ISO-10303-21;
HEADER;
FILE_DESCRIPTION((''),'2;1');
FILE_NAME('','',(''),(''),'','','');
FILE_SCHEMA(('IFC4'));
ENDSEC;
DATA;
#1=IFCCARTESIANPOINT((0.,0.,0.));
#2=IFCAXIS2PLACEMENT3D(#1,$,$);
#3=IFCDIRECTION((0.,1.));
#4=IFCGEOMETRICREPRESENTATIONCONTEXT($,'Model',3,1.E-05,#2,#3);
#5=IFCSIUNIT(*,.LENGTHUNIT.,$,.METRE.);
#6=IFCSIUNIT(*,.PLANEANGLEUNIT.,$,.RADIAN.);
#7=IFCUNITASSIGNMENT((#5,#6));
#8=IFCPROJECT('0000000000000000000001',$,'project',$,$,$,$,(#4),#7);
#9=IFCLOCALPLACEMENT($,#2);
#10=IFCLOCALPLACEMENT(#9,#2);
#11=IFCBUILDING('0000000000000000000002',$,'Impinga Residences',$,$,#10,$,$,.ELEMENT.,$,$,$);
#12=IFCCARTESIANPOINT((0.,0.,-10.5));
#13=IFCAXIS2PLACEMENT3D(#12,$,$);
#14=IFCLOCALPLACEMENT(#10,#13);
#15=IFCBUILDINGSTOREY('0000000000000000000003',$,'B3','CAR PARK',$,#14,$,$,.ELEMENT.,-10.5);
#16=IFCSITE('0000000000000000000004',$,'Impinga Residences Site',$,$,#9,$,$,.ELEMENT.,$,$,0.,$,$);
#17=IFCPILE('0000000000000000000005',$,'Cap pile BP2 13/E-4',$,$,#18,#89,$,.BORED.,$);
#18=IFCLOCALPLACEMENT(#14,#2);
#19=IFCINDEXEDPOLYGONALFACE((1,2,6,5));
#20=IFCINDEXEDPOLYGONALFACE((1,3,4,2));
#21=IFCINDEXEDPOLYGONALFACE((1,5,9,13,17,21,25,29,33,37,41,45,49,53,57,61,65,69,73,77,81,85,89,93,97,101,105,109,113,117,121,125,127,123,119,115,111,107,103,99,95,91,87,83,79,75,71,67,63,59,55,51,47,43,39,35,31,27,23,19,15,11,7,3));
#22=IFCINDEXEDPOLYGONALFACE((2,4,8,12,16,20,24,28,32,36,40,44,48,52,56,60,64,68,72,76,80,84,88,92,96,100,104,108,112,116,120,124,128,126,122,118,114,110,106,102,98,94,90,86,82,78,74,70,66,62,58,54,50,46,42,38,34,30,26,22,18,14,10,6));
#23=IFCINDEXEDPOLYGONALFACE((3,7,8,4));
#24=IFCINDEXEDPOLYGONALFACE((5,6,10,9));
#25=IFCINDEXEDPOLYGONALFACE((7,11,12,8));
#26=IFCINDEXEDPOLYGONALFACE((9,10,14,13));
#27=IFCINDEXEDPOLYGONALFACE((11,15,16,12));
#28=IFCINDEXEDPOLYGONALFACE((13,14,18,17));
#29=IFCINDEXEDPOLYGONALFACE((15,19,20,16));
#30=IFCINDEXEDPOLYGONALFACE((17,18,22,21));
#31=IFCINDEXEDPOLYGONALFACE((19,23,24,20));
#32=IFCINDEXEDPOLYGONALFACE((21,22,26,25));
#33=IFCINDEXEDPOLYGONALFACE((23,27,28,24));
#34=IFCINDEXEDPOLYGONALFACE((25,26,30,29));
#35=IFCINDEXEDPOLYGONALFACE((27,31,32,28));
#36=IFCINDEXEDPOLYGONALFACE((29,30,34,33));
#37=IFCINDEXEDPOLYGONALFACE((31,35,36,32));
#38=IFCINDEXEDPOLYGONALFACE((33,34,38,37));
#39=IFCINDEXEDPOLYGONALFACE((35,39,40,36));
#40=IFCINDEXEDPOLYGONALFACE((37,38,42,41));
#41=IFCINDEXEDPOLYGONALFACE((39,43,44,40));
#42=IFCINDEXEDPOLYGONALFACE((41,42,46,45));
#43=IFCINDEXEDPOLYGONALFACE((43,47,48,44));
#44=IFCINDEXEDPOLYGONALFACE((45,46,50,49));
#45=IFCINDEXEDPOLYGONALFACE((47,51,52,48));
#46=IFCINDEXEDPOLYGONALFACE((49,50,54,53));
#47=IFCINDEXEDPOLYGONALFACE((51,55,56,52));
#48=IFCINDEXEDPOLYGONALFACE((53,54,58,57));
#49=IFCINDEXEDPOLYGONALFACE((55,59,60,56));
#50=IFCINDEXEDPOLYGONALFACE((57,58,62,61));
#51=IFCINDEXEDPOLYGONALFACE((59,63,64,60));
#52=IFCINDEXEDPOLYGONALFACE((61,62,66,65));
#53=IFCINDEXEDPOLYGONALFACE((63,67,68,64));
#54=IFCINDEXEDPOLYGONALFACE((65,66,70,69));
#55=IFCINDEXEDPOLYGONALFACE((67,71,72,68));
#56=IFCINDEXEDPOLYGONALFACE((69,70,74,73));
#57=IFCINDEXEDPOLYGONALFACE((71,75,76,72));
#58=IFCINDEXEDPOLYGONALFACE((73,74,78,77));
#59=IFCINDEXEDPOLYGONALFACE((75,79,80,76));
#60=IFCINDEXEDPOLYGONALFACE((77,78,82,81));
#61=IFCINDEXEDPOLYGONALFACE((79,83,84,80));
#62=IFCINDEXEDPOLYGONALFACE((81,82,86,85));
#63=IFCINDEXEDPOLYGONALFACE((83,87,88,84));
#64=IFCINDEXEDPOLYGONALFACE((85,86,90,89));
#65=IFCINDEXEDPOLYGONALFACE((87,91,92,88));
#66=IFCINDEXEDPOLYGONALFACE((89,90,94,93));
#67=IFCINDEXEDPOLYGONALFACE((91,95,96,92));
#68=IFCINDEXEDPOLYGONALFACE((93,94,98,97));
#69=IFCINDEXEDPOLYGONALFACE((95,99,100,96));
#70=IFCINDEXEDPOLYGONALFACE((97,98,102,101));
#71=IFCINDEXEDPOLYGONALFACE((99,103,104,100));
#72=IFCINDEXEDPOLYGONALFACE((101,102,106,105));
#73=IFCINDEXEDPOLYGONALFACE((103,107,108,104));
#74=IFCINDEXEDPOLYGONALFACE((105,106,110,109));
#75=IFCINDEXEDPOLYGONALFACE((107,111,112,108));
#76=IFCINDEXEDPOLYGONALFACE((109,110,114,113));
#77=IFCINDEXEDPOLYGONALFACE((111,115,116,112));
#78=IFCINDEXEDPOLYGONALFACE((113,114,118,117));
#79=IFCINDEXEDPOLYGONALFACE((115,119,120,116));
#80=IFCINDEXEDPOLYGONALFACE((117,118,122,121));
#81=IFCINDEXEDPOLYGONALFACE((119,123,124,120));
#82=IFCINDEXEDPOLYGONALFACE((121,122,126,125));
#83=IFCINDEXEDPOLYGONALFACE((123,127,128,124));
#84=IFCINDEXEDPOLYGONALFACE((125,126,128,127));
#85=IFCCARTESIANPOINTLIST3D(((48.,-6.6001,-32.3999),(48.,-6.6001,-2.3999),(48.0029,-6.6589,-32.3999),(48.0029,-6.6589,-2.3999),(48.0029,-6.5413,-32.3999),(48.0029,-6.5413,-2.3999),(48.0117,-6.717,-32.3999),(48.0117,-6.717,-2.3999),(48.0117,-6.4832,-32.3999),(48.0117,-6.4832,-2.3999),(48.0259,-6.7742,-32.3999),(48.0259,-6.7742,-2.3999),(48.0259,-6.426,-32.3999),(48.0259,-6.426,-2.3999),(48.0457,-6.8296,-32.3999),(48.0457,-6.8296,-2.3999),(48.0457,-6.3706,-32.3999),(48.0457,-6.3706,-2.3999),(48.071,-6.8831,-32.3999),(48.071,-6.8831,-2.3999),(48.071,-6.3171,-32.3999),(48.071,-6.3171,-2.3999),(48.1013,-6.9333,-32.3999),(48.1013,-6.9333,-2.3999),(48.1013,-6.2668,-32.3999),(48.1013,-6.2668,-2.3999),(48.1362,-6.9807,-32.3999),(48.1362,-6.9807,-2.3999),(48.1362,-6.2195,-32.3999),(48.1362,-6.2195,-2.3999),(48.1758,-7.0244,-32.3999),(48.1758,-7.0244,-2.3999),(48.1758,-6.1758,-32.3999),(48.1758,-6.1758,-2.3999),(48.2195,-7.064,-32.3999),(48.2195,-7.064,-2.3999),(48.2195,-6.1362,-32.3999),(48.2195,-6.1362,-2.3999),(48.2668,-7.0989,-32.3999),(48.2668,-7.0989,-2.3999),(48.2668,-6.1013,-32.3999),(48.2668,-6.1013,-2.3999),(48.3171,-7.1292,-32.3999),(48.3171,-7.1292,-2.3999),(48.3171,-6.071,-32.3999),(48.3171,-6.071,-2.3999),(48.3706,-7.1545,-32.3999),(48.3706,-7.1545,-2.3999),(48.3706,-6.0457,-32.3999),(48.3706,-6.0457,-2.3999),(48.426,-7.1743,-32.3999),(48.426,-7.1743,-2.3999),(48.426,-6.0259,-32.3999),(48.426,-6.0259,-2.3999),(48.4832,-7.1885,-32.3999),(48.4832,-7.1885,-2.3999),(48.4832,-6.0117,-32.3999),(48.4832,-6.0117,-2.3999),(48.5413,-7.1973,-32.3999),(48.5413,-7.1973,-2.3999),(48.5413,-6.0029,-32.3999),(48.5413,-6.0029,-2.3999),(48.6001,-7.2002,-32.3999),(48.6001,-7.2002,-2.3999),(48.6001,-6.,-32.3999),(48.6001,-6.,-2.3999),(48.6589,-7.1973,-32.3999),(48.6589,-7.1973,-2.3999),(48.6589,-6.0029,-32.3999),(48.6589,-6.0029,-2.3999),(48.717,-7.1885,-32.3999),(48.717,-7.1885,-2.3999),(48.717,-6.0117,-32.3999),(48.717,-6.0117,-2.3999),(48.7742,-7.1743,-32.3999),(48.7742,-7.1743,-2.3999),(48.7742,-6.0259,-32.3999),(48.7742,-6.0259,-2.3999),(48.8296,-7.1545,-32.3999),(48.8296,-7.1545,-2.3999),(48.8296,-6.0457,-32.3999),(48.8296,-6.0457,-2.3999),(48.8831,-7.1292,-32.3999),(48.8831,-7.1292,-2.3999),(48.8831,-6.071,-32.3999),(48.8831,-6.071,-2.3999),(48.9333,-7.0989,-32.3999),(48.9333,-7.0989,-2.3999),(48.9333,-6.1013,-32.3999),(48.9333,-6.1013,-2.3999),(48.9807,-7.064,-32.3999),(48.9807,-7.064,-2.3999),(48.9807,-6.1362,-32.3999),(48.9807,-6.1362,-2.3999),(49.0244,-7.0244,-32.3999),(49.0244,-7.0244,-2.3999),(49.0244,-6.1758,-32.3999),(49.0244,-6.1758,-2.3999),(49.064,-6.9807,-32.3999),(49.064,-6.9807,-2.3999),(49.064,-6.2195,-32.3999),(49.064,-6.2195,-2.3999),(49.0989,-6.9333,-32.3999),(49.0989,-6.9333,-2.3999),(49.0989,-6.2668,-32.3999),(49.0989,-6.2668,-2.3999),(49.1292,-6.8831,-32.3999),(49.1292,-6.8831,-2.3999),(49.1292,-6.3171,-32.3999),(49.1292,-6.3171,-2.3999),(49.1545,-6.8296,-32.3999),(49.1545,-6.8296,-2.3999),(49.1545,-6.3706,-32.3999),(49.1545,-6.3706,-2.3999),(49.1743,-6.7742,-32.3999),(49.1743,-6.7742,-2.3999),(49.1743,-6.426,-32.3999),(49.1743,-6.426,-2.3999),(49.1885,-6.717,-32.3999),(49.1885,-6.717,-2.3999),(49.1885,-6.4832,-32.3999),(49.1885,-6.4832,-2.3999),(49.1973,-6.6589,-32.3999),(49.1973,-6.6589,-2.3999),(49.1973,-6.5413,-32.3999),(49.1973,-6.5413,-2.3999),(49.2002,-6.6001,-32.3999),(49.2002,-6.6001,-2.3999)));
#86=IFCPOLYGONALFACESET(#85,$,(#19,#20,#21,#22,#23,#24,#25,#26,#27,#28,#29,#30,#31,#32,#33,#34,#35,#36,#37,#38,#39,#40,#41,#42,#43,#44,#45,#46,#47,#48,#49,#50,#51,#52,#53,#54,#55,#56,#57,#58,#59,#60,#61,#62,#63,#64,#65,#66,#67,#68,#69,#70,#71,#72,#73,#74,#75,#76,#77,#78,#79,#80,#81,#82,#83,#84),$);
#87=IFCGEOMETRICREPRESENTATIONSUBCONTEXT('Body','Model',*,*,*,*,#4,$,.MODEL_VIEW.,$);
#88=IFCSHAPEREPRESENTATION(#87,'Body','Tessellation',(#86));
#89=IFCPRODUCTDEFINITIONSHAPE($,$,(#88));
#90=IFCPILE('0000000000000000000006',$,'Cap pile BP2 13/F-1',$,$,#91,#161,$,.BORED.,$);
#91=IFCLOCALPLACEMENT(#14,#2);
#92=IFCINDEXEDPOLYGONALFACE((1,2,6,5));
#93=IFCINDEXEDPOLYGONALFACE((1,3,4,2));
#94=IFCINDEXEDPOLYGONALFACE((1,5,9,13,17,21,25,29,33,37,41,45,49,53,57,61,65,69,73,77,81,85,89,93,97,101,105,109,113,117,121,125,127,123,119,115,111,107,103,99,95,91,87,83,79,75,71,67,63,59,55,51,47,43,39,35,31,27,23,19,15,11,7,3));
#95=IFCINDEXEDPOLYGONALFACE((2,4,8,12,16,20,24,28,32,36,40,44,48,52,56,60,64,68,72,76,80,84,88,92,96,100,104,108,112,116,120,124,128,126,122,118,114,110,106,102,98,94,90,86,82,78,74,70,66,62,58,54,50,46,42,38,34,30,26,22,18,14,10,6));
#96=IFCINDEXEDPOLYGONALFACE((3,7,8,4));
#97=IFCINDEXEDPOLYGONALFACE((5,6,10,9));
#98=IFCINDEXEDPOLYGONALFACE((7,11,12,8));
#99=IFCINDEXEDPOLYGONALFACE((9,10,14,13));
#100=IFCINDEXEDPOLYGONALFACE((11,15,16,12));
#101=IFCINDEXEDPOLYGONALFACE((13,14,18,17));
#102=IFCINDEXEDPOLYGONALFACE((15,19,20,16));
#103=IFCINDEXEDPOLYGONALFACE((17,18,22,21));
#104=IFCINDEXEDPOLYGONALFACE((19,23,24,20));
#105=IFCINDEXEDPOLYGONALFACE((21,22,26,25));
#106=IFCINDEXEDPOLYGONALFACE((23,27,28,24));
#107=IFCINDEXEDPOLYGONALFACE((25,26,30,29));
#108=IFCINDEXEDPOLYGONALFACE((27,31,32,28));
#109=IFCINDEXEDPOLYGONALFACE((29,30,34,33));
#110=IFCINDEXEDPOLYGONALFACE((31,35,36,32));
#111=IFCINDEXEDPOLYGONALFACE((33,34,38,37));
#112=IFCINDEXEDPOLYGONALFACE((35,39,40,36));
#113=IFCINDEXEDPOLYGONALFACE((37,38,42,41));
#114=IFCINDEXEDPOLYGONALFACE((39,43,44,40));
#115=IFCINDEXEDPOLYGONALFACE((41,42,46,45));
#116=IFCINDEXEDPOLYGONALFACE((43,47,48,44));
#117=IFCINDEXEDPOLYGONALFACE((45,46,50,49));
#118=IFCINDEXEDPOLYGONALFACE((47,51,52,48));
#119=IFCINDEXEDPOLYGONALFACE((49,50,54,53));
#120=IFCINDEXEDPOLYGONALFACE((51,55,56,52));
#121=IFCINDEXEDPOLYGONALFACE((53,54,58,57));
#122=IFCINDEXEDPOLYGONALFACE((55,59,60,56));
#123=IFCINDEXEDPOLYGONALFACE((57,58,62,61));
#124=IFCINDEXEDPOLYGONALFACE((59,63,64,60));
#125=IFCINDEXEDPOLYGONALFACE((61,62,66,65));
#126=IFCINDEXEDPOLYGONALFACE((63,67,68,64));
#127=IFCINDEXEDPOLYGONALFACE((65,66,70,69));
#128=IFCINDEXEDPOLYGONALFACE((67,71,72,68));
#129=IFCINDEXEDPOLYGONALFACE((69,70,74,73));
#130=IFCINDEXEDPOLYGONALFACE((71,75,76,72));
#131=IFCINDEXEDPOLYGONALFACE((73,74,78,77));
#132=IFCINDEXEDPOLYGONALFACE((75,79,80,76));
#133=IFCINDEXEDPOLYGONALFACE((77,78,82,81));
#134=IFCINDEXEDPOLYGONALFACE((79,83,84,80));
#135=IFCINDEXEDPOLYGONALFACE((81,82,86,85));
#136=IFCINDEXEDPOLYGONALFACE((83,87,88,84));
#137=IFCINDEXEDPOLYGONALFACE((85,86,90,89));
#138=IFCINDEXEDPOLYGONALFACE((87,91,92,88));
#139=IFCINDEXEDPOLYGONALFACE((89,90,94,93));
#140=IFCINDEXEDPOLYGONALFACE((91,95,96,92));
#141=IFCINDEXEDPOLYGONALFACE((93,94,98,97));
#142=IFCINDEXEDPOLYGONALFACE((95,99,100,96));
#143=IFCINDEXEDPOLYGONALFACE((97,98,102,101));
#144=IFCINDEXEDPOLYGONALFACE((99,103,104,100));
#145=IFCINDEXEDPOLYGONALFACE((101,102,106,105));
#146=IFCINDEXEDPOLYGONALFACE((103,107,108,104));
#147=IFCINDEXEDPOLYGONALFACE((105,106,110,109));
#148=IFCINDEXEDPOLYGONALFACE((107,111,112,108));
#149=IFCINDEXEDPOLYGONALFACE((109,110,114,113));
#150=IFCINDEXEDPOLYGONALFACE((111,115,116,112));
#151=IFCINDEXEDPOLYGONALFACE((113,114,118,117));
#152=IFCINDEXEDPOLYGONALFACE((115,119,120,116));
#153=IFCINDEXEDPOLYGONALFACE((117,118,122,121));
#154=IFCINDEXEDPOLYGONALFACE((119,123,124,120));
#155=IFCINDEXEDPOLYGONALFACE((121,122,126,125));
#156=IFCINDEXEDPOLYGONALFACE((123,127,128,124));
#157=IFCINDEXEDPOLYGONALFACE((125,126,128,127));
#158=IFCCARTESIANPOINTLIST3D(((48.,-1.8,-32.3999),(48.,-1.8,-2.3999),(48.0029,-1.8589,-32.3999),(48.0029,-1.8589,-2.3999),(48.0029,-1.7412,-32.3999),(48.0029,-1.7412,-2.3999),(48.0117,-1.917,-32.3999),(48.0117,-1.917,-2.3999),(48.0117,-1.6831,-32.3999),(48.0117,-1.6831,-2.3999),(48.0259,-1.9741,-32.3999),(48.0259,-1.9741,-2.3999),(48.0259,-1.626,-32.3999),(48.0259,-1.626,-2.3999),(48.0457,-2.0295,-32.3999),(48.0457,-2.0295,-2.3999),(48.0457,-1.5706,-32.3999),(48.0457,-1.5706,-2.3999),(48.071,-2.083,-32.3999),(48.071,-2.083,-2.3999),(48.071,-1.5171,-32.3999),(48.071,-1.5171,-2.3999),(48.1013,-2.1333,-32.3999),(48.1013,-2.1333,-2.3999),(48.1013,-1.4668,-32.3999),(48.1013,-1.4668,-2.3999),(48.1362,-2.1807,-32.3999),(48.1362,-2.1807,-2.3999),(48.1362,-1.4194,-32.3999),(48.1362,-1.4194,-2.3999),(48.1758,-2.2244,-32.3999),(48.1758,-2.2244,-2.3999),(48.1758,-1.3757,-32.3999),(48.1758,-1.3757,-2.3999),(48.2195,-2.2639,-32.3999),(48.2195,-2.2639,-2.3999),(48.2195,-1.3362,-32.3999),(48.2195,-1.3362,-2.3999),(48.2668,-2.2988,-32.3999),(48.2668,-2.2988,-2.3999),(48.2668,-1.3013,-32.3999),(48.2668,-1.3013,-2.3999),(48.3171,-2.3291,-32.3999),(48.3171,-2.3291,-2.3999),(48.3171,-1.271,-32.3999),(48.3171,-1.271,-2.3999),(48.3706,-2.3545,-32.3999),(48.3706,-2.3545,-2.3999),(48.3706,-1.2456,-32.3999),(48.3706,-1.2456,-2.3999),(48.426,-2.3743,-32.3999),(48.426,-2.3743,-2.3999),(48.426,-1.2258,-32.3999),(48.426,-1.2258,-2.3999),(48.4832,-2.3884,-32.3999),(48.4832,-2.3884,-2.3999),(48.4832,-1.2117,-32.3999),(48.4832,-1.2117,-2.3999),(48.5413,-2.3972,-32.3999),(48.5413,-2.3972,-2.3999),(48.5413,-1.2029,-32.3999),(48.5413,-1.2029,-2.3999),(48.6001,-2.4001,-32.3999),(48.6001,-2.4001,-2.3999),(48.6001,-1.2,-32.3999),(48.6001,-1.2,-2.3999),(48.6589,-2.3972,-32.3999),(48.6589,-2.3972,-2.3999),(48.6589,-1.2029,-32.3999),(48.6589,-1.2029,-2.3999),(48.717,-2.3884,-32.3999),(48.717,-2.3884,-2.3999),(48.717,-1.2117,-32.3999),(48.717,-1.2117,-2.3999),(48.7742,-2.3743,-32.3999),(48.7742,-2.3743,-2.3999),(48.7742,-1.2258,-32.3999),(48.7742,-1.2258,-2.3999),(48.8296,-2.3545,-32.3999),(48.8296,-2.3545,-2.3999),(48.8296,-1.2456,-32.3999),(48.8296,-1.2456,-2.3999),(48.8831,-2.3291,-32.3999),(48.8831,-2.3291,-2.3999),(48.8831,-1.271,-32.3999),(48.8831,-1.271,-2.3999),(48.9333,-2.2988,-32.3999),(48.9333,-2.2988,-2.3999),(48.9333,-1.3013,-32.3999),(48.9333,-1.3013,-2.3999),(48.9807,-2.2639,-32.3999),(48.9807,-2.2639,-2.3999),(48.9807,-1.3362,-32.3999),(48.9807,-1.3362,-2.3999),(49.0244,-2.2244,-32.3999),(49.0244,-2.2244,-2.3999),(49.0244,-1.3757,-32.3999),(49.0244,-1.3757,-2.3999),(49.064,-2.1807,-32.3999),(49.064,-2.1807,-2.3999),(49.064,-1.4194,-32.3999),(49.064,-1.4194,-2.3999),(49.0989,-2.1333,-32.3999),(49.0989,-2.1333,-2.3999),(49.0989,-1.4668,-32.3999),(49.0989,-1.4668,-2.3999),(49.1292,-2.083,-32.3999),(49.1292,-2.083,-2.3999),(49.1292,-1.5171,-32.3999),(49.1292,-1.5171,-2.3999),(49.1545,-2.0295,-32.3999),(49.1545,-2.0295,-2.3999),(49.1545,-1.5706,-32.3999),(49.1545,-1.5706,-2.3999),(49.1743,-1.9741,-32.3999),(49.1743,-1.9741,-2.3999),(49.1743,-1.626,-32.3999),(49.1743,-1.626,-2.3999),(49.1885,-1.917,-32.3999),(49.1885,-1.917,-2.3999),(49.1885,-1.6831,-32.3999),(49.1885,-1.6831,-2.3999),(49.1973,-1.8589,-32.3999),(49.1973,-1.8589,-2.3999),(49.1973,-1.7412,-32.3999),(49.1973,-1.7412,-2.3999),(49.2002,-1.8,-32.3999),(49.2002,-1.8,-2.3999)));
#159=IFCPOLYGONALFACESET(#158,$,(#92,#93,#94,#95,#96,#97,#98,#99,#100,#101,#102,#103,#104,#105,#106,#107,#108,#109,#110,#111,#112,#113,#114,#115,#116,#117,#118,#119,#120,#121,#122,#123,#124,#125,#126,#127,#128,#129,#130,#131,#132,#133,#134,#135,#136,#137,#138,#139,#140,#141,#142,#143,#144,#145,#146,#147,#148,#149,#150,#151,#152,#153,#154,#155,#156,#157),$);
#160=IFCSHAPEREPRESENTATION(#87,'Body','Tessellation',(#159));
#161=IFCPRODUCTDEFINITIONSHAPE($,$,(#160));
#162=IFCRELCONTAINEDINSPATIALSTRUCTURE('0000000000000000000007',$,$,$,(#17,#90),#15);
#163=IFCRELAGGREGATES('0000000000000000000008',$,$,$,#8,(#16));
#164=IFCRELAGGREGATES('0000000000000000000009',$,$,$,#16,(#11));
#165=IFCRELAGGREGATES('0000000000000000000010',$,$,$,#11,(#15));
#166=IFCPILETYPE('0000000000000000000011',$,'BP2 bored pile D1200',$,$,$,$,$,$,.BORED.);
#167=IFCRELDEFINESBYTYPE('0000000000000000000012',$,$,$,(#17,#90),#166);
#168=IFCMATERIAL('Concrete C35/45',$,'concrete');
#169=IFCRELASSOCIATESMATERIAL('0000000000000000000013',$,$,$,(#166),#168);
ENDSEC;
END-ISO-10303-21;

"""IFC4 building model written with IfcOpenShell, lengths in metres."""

from ifc_helpers import new_model, si_unit, direction, frame, origin, origin_2d, place, context, subcontext, project, spatial, polyline, circle, outline, extrude, material, material_profile, profile_set, type_object, element, save


model = new_model("IFC4")

# Units and contexts
model_context = context("Model", 3, precision=1e-05, world=origin(), true_north=direction((0.0, 1.0)))
body_context = subcontext(model_context, "Body", "Model", "MODEL_VIEW")
ifc_project = project(units=[si_unit("LENGTHUNIT", "METRE"), si_unit("PLANEANGLEUNIT", "RADIAN")], contexts=[model_context])

# Site, building, storey
site_placement = place(None, origin())
site = spatial("IfcSite", under=ifc_project, at=site_placement, Name="Impinga Residences Site", CompositionType="ELEMENT", RefElevation=0.0)
building_placement = place(site_placement, origin())
building = spatial("IfcBuilding", under=site, at=building_placement, Name="Impinga Residences", CompositionType="ELEMENT")
storey_placement = place(building_placement, frame((0.0, 0.0, -10.5)))
storey = spatial("IfcBuildingStorey", under=building, at=storey_placement, Name="B3", Description="CAR PARK", CompositionType="ELEMENT", Elevation=-10.5)

# Piles
ifc_material_1 = material(Name="Concrete C35/45", Category="concrete")
ifc_material_profile_1 = material_profile(ifc_material_1, circle(Radius=0.6001, at=origin_2d()), Name="D1200")
ifc_profile_set_1 = profile_set([ifc_material_profile_1], Name="Concrete C35/45")
pile_type_1 = type_object("IfcPileType", Name="BP2 bored pile D1200", PredefinedType="BORED", material=ifc_profile_set_1)
pile_1_placement = place(storey_placement, frame((48.6001, -6.6001, -2.3999), z_axis=(0.0, 0.0, -1.0), x_axis=(1.0, 0.0, 0.0)))
element("IfcPile", 1, at=pile_1_placement, inside=storey, type_object=pile_type_1, Name="Cap pile BP2 13/E-4", PredefinedType="BORED", context=body_context, shape_type="SweptSolid", body=[
    extrude(outline(polyline([(0.6001, 0.0), (0.5972, 0.0588), (0.5884, 0.1169), (0.5742, 0.1741), (0.5544, 0.2295), (0.5291, 0.283), (0.4988, 0.3333), (0.4639, 0.3806), (0.4243, 0.4243), (0.3806, 0.4639), (0.3333, 0.4988), (0.283, 0.5291), (0.2295, 0.5544), (0.1741, 0.5742), (0.1169, 0.5884), (0.0588, 0.5972), (0.0, 0.6001), (-0.0588, 0.5972), (-0.1169, 0.5884), (-0.1741, 0.5742), (-0.2295, 0.5544), (-0.283, 0.5291), (-0.3333, 0.4988), (-0.3806, 0.4639), (-0.4243, 0.4243), (-0.4639, 0.3806), (-0.4988, 0.3333), (-0.5291, 0.283), (-0.5544, 0.2295), (-0.5742, 0.1741), (-0.5884, 0.1169), (-0.5972, 0.0588), (-0.6001, 0.0), (-0.5972, -0.0588), (-0.5884, -0.1169), (-0.5742, -0.1741), (-0.5544, -0.2295), (-0.5291, -0.283), (-0.4988, -0.3333), (-0.4639, -0.3806), (-0.4243, -0.4243), (-0.3806, -0.4639), (-0.3333, -0.4988), (-0.283, -0.5291), (-0.2295, -0.5544), (-0.1741, -0.5742), (-0.1169, -0.5884), (-0.0588, -0.5972), (0.0, -0.6001), (0.0588, -0.5972), (0.1169, -0.5884), (0.1741, -0.5742), (0.2295, -0.5544), (0.283, -0.5291), (0.3333, -0.4988), (0.3806, -0.4639), (0.4243, -0.4243), (0.4639, -0.3806), (0.4988, -0.3333), (0.5291, -0.283), (0.5544, -0.2295), (0.5742, -0.1741), (0.5884, -0.1169), (0.5972, -0.0588), (0.6001, 0.0)])), origin(), (0.0, 0.0, 1.0), 30.0),
])
pile_2_placement = place(storey_placement, frame((48.6001, -1.8, -2.3999), z_axis=(0.0, 0.0, -1.0), x_axis=(1.0, 0.0, 0.0)))
element("IfcPile", 2, at=pile_2_placement, inside=storey, type_object=pile_type_1, Name="Cap pile BP2 13/F-1", PredefinedType="BORED", context=body_context, shape_type="SweptSolid", body=[
    extrude(outline(polyline([(0.6001, 0.0), (0.5972, 0.0588), (0.5884, 0.1169), (0.5742, 0.1741), (0.5544, 0.2295), (0.5291, 0.283), (0.4988, 0.3333), (0.4639, 0.3806), (0.4243, 0.4243), (0.3806, 0.4639), (0.3333, 0.4988), (0.283, 0.5291), (0.2295, 0.5544), (0.1741, 0.5742), (0.1169, 0.5884), (0.0588, 0.5972), (0.0, 0.6001), (-0.0588, 0.5972), (-0.1169, 0.5884), (-0.1741, 0.5742), (-0.2295, 0.5544), (-0.283, 0.5291), (-0.3333, 0.4988), (-0.3806, 0.4639), (-0.4243, 0.4243), (-0.4639, 0.3806), (-0.4988, 0.3333), (-0.5291, 0.283), (-0.5544, 0.2295), (-0.5742, 0.1741), (-0.5884, 0.1169), (-0.5972, 0.0588), (-0.6001, 0.0), (-0.5972, -0.0588), (-0.5884, -0.1169), (-0.5742, -0.1741), (-0.5544, -0.2295), (-0.5291, -0.283), (-0.4988, -0.3333), (-0.4639, -0.3806), (-0.4243, -0.4243), (-0.3806, -0.4639), (-0.3333, -0.4988), (-0.283, -0.5291), (-0.2295, -0.5544), (-0.1741, -0.5742), (-0.1169, -0.5884), (-0.0588, -0.5972), (0.0, -0.6001), (0.0588, -0.5972), (0.1169, -0.5884), (0.1741, -0.5742), (0.2295, -0.5544), (0.283, -0.5291), (0.3333, -0.4988), (0.3806, -0.4639), (0.4243, -0.4243), (0.4639, -0.3806), (0.4988, -0.3333), (0.5291, -0.283), (0.5544, -0.2295), (0.5742, -0.1741), (0.5884, -0.1169), (0.5972, -0.0588), (0.6001, 0.0)])), origin(), (0.0, 0.0, 1.0), 30.0),
])

save(model, "model.ifc")
